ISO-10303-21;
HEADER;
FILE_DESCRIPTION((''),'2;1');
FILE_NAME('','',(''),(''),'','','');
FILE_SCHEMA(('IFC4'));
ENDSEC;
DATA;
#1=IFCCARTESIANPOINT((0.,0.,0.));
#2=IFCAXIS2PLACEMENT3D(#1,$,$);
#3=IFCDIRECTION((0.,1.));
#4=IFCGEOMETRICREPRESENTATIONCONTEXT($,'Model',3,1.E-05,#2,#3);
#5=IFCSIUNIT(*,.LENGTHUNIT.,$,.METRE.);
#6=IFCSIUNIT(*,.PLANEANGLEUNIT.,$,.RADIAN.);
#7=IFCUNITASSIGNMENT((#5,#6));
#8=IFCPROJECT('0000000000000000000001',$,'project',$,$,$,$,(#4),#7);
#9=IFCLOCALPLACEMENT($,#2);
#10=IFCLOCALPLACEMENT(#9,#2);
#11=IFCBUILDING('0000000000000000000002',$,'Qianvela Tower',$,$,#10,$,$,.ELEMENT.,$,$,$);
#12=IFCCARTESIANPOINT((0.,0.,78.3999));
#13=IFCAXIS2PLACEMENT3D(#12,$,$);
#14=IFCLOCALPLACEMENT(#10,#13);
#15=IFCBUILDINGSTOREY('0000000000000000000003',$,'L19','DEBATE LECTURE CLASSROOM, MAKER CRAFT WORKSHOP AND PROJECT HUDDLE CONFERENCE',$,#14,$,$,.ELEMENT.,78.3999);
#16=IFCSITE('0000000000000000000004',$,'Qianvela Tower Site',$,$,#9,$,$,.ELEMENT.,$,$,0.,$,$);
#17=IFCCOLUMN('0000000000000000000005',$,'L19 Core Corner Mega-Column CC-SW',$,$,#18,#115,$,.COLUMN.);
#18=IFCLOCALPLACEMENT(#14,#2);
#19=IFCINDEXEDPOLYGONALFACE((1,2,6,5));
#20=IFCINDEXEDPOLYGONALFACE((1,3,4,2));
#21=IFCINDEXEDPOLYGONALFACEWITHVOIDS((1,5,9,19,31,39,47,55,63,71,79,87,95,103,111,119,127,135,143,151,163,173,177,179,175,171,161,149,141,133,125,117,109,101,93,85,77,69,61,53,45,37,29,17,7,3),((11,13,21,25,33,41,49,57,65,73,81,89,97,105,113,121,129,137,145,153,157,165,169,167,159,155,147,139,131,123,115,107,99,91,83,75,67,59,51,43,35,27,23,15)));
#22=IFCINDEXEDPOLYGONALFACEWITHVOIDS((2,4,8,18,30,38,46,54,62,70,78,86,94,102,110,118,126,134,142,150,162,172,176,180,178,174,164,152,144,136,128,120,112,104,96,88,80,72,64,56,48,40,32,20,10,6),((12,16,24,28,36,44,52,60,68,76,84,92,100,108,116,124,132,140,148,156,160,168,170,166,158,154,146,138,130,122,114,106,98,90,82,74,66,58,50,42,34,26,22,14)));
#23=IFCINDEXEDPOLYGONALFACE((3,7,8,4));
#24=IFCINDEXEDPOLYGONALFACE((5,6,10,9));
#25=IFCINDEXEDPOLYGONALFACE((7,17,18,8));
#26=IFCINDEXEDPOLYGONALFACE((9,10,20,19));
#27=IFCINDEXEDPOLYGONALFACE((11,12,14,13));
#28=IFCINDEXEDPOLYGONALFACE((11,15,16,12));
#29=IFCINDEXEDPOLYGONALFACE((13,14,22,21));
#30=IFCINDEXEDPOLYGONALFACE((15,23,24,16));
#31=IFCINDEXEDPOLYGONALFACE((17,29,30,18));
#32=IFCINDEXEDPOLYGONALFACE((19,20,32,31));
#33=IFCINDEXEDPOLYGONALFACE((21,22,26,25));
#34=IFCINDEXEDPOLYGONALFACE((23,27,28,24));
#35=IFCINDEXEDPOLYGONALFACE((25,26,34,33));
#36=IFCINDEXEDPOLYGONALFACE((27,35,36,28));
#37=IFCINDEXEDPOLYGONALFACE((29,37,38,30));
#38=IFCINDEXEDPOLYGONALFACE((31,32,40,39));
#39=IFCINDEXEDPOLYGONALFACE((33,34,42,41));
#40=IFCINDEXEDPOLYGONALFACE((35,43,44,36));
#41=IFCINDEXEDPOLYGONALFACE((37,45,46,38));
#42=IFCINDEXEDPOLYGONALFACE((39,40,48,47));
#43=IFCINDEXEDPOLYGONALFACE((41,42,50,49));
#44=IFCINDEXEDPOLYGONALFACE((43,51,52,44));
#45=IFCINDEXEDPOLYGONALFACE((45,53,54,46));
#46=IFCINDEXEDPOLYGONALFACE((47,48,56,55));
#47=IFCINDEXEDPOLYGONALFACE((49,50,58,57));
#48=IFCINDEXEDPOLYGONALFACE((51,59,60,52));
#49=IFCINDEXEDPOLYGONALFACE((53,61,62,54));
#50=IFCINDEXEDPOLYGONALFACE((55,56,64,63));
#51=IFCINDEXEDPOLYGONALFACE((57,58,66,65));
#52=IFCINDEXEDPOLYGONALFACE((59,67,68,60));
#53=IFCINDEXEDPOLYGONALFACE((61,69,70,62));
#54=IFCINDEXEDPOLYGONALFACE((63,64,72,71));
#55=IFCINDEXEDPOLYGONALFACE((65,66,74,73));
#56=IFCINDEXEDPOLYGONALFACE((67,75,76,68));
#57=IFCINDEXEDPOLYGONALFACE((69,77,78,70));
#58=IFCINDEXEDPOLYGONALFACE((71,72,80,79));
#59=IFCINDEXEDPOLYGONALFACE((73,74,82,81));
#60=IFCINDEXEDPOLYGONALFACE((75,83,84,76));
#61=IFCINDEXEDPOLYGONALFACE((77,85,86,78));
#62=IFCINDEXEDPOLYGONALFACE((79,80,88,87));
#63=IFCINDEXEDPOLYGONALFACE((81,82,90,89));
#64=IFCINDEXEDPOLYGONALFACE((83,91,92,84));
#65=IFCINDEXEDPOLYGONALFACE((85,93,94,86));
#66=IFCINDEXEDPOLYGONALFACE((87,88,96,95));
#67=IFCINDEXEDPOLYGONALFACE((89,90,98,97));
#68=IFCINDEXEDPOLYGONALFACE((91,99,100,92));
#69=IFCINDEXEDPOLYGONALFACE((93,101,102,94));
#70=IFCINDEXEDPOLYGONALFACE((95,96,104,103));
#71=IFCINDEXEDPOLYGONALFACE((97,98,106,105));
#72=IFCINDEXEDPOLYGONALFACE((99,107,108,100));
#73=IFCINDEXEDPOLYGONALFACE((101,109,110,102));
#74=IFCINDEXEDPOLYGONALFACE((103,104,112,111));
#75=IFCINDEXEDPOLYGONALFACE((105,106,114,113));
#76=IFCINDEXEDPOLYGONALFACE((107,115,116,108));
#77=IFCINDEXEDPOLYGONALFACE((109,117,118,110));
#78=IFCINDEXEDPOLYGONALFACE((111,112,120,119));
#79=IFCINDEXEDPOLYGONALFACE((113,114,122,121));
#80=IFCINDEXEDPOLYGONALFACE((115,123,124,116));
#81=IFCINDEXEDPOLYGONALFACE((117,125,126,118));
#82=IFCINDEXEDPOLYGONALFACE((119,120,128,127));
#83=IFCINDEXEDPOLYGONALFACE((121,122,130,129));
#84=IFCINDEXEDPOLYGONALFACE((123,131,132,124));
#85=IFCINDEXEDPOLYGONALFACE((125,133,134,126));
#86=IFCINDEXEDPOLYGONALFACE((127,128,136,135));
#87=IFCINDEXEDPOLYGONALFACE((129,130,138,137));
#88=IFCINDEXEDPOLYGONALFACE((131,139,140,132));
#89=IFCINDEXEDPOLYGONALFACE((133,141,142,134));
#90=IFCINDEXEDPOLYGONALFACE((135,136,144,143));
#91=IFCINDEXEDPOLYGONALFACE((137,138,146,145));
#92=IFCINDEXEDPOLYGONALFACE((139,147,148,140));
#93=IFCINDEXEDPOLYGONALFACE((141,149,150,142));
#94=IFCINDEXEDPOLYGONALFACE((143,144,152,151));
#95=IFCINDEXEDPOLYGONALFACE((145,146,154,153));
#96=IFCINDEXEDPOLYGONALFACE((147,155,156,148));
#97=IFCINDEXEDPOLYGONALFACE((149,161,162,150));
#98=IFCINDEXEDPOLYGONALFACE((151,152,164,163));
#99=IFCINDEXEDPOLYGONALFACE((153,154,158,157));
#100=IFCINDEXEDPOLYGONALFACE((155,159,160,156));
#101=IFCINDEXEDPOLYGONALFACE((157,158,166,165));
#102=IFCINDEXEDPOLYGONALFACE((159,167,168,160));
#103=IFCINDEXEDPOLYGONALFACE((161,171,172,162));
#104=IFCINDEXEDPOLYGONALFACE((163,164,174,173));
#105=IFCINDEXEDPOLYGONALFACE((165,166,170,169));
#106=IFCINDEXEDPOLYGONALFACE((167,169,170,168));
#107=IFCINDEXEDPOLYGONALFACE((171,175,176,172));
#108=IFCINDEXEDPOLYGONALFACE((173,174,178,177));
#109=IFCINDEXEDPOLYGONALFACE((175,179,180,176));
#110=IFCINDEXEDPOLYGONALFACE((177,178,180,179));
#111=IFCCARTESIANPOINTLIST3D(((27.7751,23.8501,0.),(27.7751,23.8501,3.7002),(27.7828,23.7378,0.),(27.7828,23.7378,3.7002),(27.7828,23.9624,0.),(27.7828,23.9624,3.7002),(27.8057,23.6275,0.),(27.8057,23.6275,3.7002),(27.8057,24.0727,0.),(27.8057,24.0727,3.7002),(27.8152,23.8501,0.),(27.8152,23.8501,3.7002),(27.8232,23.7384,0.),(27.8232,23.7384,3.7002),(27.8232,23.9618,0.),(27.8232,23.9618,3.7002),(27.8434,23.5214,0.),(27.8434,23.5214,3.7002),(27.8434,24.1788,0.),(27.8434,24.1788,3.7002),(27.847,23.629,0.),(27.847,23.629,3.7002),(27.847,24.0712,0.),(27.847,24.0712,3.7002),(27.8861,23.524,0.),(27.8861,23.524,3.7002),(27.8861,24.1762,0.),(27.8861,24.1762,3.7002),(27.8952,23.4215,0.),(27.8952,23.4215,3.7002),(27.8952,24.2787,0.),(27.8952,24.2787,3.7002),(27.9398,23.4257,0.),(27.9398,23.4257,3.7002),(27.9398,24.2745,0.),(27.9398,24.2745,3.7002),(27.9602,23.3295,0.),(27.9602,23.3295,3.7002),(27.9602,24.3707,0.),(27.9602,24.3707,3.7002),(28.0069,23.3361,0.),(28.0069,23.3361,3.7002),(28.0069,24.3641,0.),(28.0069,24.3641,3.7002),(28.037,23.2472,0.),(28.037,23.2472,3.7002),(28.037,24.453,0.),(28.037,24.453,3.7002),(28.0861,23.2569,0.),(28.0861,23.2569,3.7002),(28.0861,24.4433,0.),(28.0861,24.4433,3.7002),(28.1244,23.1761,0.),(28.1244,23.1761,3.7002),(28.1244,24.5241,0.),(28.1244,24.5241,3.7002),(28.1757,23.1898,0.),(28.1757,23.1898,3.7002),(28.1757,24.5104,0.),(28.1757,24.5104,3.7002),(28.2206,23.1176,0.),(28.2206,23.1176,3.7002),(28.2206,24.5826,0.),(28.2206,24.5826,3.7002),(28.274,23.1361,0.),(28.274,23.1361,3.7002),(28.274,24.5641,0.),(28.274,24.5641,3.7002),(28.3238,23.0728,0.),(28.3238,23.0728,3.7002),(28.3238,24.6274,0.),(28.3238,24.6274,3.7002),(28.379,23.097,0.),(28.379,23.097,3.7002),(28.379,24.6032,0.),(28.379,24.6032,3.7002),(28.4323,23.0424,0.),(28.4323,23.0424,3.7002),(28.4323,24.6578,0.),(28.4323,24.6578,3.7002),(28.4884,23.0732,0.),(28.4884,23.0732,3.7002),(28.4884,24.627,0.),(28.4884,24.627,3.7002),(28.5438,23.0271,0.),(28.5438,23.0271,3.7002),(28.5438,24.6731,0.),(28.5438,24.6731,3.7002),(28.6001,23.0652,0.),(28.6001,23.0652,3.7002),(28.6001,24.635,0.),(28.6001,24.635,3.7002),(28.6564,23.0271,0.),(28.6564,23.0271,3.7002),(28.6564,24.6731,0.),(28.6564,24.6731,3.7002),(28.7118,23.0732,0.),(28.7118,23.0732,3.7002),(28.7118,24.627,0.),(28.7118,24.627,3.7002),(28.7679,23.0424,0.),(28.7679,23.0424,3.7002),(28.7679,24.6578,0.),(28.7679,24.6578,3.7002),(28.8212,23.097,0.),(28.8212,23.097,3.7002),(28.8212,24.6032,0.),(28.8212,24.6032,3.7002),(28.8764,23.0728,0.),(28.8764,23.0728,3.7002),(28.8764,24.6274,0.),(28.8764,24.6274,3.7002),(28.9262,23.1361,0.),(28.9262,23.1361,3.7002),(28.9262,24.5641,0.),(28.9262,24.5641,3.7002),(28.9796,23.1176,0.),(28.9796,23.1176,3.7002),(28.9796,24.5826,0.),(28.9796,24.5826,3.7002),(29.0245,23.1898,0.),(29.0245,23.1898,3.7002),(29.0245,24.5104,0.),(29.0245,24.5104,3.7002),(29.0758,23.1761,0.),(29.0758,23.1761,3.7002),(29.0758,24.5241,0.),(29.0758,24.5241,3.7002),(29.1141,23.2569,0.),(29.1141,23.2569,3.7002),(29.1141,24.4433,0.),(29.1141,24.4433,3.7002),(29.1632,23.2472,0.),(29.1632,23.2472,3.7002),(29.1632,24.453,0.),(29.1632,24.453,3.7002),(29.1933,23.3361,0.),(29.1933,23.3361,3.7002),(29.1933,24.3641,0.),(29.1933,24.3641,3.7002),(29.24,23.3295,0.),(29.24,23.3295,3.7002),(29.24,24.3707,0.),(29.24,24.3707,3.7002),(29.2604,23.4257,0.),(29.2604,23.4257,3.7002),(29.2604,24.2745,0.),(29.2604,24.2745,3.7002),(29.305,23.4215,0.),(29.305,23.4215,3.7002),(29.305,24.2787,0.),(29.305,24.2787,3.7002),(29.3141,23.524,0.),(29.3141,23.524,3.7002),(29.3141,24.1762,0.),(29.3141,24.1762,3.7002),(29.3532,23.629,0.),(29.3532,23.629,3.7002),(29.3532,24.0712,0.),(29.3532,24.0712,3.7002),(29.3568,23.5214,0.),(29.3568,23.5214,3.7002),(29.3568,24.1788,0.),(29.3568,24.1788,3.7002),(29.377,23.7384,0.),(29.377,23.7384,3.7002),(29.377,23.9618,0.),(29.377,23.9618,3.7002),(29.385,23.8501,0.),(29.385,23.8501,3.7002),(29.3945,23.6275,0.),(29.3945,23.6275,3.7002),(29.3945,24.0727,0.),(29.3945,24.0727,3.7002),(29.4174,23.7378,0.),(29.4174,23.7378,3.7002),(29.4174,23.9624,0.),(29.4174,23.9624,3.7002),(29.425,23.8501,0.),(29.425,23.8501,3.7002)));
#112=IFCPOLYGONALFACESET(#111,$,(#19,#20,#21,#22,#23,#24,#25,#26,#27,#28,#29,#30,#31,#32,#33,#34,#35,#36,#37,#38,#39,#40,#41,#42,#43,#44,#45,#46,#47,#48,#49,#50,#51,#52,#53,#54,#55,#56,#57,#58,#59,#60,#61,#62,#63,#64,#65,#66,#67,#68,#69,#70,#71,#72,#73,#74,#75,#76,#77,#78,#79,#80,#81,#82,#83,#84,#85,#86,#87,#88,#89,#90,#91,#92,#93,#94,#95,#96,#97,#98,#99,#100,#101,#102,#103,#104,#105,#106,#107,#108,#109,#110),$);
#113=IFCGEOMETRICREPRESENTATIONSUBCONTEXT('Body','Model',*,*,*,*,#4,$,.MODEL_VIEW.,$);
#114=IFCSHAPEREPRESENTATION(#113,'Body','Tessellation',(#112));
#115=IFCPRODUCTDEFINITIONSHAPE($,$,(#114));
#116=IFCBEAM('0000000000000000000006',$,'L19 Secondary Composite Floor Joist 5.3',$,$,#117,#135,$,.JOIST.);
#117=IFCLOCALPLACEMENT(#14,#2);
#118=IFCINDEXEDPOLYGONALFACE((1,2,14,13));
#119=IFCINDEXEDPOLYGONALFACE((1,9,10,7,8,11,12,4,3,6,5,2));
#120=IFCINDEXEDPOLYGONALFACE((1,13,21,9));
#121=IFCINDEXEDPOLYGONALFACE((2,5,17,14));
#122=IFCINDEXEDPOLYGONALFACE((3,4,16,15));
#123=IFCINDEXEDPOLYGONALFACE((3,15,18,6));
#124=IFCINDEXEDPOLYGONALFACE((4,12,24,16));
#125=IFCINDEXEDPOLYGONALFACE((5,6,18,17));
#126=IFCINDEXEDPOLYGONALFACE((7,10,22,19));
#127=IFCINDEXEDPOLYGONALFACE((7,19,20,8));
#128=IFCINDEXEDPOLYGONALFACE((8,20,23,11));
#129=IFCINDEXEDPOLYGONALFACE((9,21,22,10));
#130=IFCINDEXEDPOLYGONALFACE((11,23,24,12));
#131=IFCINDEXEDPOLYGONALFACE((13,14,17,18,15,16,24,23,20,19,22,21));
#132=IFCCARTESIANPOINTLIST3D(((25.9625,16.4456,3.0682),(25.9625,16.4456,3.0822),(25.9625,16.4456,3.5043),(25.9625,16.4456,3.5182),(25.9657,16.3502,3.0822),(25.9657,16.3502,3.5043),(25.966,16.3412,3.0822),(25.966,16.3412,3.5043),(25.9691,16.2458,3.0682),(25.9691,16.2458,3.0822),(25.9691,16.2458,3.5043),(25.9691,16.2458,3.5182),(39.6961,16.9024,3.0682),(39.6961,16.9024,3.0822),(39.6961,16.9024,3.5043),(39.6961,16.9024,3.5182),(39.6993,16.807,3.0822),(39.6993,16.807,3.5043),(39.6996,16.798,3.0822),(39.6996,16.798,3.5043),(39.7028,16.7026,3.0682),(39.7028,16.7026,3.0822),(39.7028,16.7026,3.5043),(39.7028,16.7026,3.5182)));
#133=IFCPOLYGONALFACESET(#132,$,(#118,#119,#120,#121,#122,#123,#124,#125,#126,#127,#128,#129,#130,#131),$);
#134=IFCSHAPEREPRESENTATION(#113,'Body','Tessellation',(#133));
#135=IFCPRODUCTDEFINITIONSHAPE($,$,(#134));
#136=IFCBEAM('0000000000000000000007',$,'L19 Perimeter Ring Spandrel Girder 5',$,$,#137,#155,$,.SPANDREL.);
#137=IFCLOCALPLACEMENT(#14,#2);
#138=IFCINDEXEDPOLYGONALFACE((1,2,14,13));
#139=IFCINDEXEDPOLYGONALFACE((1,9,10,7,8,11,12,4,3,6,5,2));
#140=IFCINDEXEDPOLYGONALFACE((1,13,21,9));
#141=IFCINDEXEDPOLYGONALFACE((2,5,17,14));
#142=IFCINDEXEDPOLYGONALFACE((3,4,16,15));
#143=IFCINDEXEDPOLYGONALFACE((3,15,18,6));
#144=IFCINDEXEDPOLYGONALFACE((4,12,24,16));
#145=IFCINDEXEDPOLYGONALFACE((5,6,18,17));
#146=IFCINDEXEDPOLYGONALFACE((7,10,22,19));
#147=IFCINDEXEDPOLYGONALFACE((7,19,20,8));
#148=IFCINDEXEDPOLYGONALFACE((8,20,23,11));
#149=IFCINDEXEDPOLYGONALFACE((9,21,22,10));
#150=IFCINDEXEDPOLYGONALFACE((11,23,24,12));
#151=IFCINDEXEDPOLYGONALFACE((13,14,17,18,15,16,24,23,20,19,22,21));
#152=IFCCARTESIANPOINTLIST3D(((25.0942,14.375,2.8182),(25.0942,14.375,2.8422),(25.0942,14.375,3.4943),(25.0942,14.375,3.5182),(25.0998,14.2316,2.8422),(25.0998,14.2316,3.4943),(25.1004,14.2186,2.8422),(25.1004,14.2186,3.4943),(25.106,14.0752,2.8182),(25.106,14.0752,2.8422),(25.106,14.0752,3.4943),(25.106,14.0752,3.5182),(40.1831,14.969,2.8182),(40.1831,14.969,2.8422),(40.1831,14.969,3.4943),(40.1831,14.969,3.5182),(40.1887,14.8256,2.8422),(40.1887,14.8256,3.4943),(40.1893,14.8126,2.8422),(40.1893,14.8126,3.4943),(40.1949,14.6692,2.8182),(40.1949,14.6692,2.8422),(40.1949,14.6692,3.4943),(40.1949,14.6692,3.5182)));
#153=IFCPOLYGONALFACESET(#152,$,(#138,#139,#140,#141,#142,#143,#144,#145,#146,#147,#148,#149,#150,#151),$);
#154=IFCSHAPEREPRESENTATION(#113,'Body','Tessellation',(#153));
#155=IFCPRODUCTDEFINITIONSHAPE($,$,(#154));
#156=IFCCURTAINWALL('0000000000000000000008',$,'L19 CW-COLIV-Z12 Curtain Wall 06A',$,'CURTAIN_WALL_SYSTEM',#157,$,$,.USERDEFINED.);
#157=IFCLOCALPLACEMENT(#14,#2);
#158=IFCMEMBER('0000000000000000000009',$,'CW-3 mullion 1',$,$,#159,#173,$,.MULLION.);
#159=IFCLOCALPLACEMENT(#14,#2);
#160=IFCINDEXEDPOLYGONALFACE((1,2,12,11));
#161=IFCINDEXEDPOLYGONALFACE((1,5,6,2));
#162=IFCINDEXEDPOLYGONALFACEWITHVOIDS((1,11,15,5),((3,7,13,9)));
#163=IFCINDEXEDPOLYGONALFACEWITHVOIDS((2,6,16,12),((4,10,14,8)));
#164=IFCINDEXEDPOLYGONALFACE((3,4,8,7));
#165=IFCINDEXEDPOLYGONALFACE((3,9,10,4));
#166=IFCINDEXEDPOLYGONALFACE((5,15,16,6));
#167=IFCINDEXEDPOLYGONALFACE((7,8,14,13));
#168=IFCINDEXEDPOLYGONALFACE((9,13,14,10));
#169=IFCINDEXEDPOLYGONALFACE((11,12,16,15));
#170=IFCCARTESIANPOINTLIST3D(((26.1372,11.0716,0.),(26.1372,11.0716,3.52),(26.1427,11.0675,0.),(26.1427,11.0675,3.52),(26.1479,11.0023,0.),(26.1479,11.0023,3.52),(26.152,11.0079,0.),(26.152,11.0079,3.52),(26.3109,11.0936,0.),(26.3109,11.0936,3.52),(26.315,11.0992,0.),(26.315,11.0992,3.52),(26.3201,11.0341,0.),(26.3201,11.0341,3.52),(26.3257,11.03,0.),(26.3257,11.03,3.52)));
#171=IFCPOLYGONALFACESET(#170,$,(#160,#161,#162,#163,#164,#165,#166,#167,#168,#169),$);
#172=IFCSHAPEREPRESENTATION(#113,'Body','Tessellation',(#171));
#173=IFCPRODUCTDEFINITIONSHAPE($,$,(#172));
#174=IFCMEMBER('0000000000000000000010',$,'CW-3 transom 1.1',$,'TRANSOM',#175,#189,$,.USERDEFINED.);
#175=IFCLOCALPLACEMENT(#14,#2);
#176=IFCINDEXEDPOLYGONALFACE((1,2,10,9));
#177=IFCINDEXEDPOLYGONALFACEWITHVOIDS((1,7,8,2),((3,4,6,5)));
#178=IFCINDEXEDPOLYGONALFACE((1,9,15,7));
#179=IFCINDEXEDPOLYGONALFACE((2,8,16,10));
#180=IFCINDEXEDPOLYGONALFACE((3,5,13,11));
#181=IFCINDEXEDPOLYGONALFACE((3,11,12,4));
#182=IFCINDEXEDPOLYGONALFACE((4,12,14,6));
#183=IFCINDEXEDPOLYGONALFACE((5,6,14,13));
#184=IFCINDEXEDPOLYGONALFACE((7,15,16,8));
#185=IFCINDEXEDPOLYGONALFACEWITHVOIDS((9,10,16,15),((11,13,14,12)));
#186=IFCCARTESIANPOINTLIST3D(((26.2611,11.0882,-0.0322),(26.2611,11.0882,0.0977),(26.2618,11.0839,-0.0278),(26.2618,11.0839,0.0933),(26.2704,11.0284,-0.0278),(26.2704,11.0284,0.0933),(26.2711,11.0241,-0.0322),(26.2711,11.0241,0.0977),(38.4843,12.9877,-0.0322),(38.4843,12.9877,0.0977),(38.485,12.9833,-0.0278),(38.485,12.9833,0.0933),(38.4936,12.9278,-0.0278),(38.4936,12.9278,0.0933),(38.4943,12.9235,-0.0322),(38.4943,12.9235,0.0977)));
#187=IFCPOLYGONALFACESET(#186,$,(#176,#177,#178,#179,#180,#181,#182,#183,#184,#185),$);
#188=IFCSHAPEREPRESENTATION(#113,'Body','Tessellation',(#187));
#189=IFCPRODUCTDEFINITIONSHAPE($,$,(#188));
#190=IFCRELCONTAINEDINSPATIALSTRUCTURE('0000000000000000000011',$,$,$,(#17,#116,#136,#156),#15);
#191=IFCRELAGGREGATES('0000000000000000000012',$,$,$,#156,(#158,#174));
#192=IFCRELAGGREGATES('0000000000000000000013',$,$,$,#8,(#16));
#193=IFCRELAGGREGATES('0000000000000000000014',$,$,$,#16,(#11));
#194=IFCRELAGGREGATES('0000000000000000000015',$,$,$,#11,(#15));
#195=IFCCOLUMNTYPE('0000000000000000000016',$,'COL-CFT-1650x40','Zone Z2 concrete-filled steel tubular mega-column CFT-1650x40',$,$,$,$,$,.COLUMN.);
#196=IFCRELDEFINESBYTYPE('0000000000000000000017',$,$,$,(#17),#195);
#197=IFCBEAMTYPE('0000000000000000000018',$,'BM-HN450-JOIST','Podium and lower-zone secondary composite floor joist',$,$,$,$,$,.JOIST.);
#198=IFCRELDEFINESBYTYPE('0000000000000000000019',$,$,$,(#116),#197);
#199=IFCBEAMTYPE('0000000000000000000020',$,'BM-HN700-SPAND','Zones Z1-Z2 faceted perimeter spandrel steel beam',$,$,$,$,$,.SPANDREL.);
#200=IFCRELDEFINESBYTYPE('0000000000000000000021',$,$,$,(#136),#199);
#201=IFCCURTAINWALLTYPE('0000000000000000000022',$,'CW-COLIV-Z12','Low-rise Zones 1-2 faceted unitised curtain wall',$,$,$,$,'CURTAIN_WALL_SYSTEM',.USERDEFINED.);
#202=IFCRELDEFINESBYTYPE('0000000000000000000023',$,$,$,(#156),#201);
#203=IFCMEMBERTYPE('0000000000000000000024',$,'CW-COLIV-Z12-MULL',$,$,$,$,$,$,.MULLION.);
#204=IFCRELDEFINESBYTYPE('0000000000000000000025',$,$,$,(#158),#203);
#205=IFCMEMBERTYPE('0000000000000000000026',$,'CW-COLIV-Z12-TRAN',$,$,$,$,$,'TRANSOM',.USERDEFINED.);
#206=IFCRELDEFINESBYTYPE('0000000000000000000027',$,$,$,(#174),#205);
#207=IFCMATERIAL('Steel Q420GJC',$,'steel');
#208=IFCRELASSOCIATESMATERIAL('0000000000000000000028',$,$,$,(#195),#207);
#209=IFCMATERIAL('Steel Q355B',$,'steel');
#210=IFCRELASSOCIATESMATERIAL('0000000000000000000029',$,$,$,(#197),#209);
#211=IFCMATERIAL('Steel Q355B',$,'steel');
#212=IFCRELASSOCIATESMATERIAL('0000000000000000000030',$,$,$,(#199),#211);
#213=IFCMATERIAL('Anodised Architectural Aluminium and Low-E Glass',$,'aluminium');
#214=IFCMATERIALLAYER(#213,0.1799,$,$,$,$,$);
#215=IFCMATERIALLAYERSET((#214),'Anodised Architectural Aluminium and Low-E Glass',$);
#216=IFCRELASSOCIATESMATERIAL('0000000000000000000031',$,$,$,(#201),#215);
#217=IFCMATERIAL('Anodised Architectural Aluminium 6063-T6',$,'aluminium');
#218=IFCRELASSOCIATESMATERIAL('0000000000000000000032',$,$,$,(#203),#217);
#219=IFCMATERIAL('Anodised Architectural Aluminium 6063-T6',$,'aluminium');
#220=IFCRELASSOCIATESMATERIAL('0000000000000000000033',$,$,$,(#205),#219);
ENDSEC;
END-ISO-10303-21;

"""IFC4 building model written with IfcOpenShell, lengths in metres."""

from ifc_helpers import new_model, si_unit, direction, frame, origin, origin_2d, place, context, subcontext, project, spatial, hollow_rectangle, hollow_circle, i_section, extrude, material, layer, layer_set, material_profile, profile_set, type_object, element, aggregate, save


model = new_model("IFC4")

# Units and contexts
model_context = context("Model", 3, precision=1e-05, world=origin(), true_north=direction((0.0, 1.0)))
body_context = subcontext(model_context, "Body", "Model", "MODEL_VIEW")
ifc_project = project(units=[si_unit("LENGTHUNIT", "METRE"), si_unit("PLANEANGLEUNIT", "RADIAN")], contexts=[model_context])

# Site, building, storey
site_placement = place(None, origin())
site = spatial("IfcSite", under=ifc_project, at=site_placement, Name="Qianvela Tower Site", CompositionType="ELEMENT", RefElevation=0.0)
building_placement = place(site_placement, origin())
building = spatial("IfcBuilding", under=site, at=building_placement, Name="Qianvela Tower", CompositionType="ELEMENT")
storey_placement = place(building_placement, frame((0.0, 0.0, 78.3999)))
storey = spatial("IfcBuildingStorey", under=building, at=storey_placement, Name="L19", Description="DEBATE LECTURE CLASSROOM, MAKER CRAFT WORKSHOP AND PROJECT HUDDLE CONFERENCE", CompositionType="ELEMENT", Elevation=78.3999)

# Column
ifc_material_1 = material(Name="Steel Q420GJC", Category="steel")
ifc_material_profile_1 = material_profile(ifc_material_1, hollow_circle(Radius=0.825, WallThickness=0.04, at=origin_2d()), Name="CFT-1650x40")
ifc_profile_set_1 = profile_set([ifc_material_profile_1], Name="Steel Q420GJC")
column_type = type_object("IfcColumnType", Name="COL-CFT-1650x40", Description="Zone Z2 concrete-filled steel tubular mega-column CFT-1650x40", PredefinedType="COLUMN", material=ifc_profile_set_1)
column_placement = place(storey_placement, frame((28.6001, 23.8501, 0.0), z_axis=(0.0, 0.0, 1.0), x_axis=(1.0, 0.0, 0.0)))
element("IfcColumn", 1, at=column_placement, inside=storey, type_object=column_type, Name="L19 Core Corner Mega-Column CC-SW", PredefinedType="COLUMN", context=body_context, shape_type="SweptSolid", body=[
    extrude(hollow_circle(Radius=0.825, WallThickness=0.04, at=origin_2d()), origin(), (0.0, 0.0, 1.0), 3.7002),
])

# Beams
ifc_material_2 = material(Name="Steel Q355B", Category="steel")
ifc_material_profile_2 = material_profile(ifc_material_2, i_section(OverallWidth=0.2, OverallDepth=0.45, WebThickness=0.009, FlangeThickness=0.0139, at=origin_2d()), Name="HN450x200x9x14")
ifc_profile_set_2 = profile_set([ifc_material_profile_2], Name="Steel Q355B")
beam_type_1 = type_object("IfcBeamType", Name="BM-HN450-JOIST", Description="Podium and lower-zone secondary composite floor joist", PredefinedType="JOIST", material=ifc_profile_set_2)
beam_1_placement = place(storey_placement, frame((25.9658, 16.3457, 3.2932), z_axis=(0.999447, 0.033242, 0.0), x_axis=(-0.033242, 0.999447, 0.0)))
element("IfcBeam", 2, at=beam_1_placement, inside=storey, type_object=beam_type_1, Name="L19 Secondary Composite Floor Joist 5.3", PredefinedType="JOIST", context=body_context, shape_type="SweptSolid", body=[
    extrude(i_section(OverallWidth=0.2, OverallDepth=0.45, WebThickness=0.009, FlangeThickness=0.0139, at=origin_2d()), origin(), (0.0, 0.0, 1.0), 13.7412),
])
ifc_material_3 = material(Name="Steel Q355B", Category="steel")
ifc_material_profile_3 = material_profile(ifc_material_3, i_section(OverallWidth=0.3, OverallDepth=0.7, WebThickness=0.0129, FlangeThickness=0.0239, at=origin_2d()), Name="HN700x300x13x24")
ifc_profile_set_3 = profile_set([ifc_material_profile_3], Name="Steel Q355B")
beam_type_2 = type_object("IfcBeamType", Name="BM-HN700-SPAND", Description="Zones Z1-Z2 faceted perimeter spandrel steel beam", PredefinedType="SPANDREL", material=ifc_profile_set_3)
beam_2_placement = place(storey_placement, frame((25.1001, 14.2251, 3.1682), z_axis=(0.999226, 0.039336, 0.0), x_axis=(-0.039336, 0.999226, 0.0)))
element("IfcBeam", 3, at=beam_2_placement, inside=storey, type_object=beam_type_2, Name="L19 Perimeter Ring Spandrel Girder 5", PredefinedType="SPANDREL", context=body_context, shape_type="SweptSolid", body=[
    extrude(i_section(OverallWidth=0.3, OverallDepth=0.7, WebThickness=0.0129, FlangeThickness=0.0239, at=origin_2d()), origin(), (0.0, 0.0, 1.0), 15.1006),
])

# Curtain wall, members
ifc_material_4 = material(Name="Anodised Architectural Aluminium and Low-E Glass", Category="aluminium")
ifc_layer_1 = layer(ifc_material_4, 0.1799)
ifc_layer_set_1 = layer_set([ifc_layer_1], Name="Anodised Architectural Aluminium and Low-E Glass")
curtain_wall_type = type_object("IfcCurtainWallType", Name="CW-COLIV-Z12", Description="Low-rise Zones 1-2 faceted unitised curtain wall", ElementType="CURTAIN_WALL_SYSTEM", PredefinedType="USERDEFINED", material=ifc_layer_set_1)
curtain_wall_placement = place(storey_placement, origin())
curtain_wall = element("IfcCurtainWall", 4, at=curtain_wall_placement, inside=storey, type_object=curtain_wall_type, Name="L19 CW-COLIV-Z12 Curtain Wall 06A", ObjectType="CURTAIN_WALL_SYSTEM", PredefinedType="USERDEFINED")
ifc_material_5 = material(Name="Anodised Architectural Aluminium 6063-T6", Category="aluminium")
ifc_material_profile_4 = material_profile(ifc_material_5, hollow_rectangle(XDim=0.0701, YDim=0.1799, WallThickness=0.0049, at=origin_2d()), Name="ALU-MULL-70x180")
ifc_profile_set_4 = profile_set([ifc_material_profile_4], Name="Anodised Architectural Aluminium 6063-T6")
member_type_1 = type_object("IfcMemberType", Name="CW-COLIV-Z12-MULL", PredefinedType="MULLION", material=ifc_profile_set_4)
member_1_placement = place(storey_placement, frame((26.2314, 11.0508, 0.0), z_axis=(0.0, 0.0, 1.0), x_axis=(-0.15355, 0.988141, 0.0)))
member_1 = element("IfcMember", 5, at=member_1_placement, type_object=member_type_1, Name="CW-3 mullion 1", PredefinedType="MULLION", context=body_context, shape_type="SweptSolid", body=[
    extrude(hollow_rectangle(XDim=0.0701, YDim=0.1799, WallThickness=0.0049, at=origin_2d()), origin(), (0.0, 0.0, 1.0), 3.52),
])
ifc_material_6 = material(Name="Anodised Architectural Aluminium 6063-T6", Category="aluminium")
ifc_material_profile_5 = material_profile(ifc_material_6, hollow_rectangle(XDim=0.0649, YDim=0.1299, WallThickness=0.0044, at=origin_2d()), Name="ALU-TRAN-65x130")
ifc_profile_set_5 = profile_set([ifc_material_profile_5], Name="Anodised Architectural Aluminium 6063-T6")
member_type_2 = type_object("IfcMemberType", Name="CW-COLIV-Z12-TRAN", ElementType="TRANSOM", PredefinedType="USERDEFINED", material=ifc_profile_set_5)
member_2_placement = place(storey_placement, frame((26.2661, 11.0562, 0.0327), z_axis=(0.988141, 0.153552, 0.0), x_axis=(-0.153552, 0.988141, 0.0)))
member_2 = element("IfcMember", 6, at=member_2_placement, type_object=member_type_2, Name="CW-3 transom 1.1", ObjectType="TRANSOM", PredefinedType="USERDEFINED", context=body_context, shape_type="SweptSolid", body=[
    extrude(hollow_rectangle(XDim=0.0649, YDim=0.1299, WallThickness=0.0044, at=origin_2d()), origin(), (0.0, 0.0, 1.0), 12.3699),
])
aggregate(curtain_wall, [member_1, member_2])

save(model, "model.ifc")
